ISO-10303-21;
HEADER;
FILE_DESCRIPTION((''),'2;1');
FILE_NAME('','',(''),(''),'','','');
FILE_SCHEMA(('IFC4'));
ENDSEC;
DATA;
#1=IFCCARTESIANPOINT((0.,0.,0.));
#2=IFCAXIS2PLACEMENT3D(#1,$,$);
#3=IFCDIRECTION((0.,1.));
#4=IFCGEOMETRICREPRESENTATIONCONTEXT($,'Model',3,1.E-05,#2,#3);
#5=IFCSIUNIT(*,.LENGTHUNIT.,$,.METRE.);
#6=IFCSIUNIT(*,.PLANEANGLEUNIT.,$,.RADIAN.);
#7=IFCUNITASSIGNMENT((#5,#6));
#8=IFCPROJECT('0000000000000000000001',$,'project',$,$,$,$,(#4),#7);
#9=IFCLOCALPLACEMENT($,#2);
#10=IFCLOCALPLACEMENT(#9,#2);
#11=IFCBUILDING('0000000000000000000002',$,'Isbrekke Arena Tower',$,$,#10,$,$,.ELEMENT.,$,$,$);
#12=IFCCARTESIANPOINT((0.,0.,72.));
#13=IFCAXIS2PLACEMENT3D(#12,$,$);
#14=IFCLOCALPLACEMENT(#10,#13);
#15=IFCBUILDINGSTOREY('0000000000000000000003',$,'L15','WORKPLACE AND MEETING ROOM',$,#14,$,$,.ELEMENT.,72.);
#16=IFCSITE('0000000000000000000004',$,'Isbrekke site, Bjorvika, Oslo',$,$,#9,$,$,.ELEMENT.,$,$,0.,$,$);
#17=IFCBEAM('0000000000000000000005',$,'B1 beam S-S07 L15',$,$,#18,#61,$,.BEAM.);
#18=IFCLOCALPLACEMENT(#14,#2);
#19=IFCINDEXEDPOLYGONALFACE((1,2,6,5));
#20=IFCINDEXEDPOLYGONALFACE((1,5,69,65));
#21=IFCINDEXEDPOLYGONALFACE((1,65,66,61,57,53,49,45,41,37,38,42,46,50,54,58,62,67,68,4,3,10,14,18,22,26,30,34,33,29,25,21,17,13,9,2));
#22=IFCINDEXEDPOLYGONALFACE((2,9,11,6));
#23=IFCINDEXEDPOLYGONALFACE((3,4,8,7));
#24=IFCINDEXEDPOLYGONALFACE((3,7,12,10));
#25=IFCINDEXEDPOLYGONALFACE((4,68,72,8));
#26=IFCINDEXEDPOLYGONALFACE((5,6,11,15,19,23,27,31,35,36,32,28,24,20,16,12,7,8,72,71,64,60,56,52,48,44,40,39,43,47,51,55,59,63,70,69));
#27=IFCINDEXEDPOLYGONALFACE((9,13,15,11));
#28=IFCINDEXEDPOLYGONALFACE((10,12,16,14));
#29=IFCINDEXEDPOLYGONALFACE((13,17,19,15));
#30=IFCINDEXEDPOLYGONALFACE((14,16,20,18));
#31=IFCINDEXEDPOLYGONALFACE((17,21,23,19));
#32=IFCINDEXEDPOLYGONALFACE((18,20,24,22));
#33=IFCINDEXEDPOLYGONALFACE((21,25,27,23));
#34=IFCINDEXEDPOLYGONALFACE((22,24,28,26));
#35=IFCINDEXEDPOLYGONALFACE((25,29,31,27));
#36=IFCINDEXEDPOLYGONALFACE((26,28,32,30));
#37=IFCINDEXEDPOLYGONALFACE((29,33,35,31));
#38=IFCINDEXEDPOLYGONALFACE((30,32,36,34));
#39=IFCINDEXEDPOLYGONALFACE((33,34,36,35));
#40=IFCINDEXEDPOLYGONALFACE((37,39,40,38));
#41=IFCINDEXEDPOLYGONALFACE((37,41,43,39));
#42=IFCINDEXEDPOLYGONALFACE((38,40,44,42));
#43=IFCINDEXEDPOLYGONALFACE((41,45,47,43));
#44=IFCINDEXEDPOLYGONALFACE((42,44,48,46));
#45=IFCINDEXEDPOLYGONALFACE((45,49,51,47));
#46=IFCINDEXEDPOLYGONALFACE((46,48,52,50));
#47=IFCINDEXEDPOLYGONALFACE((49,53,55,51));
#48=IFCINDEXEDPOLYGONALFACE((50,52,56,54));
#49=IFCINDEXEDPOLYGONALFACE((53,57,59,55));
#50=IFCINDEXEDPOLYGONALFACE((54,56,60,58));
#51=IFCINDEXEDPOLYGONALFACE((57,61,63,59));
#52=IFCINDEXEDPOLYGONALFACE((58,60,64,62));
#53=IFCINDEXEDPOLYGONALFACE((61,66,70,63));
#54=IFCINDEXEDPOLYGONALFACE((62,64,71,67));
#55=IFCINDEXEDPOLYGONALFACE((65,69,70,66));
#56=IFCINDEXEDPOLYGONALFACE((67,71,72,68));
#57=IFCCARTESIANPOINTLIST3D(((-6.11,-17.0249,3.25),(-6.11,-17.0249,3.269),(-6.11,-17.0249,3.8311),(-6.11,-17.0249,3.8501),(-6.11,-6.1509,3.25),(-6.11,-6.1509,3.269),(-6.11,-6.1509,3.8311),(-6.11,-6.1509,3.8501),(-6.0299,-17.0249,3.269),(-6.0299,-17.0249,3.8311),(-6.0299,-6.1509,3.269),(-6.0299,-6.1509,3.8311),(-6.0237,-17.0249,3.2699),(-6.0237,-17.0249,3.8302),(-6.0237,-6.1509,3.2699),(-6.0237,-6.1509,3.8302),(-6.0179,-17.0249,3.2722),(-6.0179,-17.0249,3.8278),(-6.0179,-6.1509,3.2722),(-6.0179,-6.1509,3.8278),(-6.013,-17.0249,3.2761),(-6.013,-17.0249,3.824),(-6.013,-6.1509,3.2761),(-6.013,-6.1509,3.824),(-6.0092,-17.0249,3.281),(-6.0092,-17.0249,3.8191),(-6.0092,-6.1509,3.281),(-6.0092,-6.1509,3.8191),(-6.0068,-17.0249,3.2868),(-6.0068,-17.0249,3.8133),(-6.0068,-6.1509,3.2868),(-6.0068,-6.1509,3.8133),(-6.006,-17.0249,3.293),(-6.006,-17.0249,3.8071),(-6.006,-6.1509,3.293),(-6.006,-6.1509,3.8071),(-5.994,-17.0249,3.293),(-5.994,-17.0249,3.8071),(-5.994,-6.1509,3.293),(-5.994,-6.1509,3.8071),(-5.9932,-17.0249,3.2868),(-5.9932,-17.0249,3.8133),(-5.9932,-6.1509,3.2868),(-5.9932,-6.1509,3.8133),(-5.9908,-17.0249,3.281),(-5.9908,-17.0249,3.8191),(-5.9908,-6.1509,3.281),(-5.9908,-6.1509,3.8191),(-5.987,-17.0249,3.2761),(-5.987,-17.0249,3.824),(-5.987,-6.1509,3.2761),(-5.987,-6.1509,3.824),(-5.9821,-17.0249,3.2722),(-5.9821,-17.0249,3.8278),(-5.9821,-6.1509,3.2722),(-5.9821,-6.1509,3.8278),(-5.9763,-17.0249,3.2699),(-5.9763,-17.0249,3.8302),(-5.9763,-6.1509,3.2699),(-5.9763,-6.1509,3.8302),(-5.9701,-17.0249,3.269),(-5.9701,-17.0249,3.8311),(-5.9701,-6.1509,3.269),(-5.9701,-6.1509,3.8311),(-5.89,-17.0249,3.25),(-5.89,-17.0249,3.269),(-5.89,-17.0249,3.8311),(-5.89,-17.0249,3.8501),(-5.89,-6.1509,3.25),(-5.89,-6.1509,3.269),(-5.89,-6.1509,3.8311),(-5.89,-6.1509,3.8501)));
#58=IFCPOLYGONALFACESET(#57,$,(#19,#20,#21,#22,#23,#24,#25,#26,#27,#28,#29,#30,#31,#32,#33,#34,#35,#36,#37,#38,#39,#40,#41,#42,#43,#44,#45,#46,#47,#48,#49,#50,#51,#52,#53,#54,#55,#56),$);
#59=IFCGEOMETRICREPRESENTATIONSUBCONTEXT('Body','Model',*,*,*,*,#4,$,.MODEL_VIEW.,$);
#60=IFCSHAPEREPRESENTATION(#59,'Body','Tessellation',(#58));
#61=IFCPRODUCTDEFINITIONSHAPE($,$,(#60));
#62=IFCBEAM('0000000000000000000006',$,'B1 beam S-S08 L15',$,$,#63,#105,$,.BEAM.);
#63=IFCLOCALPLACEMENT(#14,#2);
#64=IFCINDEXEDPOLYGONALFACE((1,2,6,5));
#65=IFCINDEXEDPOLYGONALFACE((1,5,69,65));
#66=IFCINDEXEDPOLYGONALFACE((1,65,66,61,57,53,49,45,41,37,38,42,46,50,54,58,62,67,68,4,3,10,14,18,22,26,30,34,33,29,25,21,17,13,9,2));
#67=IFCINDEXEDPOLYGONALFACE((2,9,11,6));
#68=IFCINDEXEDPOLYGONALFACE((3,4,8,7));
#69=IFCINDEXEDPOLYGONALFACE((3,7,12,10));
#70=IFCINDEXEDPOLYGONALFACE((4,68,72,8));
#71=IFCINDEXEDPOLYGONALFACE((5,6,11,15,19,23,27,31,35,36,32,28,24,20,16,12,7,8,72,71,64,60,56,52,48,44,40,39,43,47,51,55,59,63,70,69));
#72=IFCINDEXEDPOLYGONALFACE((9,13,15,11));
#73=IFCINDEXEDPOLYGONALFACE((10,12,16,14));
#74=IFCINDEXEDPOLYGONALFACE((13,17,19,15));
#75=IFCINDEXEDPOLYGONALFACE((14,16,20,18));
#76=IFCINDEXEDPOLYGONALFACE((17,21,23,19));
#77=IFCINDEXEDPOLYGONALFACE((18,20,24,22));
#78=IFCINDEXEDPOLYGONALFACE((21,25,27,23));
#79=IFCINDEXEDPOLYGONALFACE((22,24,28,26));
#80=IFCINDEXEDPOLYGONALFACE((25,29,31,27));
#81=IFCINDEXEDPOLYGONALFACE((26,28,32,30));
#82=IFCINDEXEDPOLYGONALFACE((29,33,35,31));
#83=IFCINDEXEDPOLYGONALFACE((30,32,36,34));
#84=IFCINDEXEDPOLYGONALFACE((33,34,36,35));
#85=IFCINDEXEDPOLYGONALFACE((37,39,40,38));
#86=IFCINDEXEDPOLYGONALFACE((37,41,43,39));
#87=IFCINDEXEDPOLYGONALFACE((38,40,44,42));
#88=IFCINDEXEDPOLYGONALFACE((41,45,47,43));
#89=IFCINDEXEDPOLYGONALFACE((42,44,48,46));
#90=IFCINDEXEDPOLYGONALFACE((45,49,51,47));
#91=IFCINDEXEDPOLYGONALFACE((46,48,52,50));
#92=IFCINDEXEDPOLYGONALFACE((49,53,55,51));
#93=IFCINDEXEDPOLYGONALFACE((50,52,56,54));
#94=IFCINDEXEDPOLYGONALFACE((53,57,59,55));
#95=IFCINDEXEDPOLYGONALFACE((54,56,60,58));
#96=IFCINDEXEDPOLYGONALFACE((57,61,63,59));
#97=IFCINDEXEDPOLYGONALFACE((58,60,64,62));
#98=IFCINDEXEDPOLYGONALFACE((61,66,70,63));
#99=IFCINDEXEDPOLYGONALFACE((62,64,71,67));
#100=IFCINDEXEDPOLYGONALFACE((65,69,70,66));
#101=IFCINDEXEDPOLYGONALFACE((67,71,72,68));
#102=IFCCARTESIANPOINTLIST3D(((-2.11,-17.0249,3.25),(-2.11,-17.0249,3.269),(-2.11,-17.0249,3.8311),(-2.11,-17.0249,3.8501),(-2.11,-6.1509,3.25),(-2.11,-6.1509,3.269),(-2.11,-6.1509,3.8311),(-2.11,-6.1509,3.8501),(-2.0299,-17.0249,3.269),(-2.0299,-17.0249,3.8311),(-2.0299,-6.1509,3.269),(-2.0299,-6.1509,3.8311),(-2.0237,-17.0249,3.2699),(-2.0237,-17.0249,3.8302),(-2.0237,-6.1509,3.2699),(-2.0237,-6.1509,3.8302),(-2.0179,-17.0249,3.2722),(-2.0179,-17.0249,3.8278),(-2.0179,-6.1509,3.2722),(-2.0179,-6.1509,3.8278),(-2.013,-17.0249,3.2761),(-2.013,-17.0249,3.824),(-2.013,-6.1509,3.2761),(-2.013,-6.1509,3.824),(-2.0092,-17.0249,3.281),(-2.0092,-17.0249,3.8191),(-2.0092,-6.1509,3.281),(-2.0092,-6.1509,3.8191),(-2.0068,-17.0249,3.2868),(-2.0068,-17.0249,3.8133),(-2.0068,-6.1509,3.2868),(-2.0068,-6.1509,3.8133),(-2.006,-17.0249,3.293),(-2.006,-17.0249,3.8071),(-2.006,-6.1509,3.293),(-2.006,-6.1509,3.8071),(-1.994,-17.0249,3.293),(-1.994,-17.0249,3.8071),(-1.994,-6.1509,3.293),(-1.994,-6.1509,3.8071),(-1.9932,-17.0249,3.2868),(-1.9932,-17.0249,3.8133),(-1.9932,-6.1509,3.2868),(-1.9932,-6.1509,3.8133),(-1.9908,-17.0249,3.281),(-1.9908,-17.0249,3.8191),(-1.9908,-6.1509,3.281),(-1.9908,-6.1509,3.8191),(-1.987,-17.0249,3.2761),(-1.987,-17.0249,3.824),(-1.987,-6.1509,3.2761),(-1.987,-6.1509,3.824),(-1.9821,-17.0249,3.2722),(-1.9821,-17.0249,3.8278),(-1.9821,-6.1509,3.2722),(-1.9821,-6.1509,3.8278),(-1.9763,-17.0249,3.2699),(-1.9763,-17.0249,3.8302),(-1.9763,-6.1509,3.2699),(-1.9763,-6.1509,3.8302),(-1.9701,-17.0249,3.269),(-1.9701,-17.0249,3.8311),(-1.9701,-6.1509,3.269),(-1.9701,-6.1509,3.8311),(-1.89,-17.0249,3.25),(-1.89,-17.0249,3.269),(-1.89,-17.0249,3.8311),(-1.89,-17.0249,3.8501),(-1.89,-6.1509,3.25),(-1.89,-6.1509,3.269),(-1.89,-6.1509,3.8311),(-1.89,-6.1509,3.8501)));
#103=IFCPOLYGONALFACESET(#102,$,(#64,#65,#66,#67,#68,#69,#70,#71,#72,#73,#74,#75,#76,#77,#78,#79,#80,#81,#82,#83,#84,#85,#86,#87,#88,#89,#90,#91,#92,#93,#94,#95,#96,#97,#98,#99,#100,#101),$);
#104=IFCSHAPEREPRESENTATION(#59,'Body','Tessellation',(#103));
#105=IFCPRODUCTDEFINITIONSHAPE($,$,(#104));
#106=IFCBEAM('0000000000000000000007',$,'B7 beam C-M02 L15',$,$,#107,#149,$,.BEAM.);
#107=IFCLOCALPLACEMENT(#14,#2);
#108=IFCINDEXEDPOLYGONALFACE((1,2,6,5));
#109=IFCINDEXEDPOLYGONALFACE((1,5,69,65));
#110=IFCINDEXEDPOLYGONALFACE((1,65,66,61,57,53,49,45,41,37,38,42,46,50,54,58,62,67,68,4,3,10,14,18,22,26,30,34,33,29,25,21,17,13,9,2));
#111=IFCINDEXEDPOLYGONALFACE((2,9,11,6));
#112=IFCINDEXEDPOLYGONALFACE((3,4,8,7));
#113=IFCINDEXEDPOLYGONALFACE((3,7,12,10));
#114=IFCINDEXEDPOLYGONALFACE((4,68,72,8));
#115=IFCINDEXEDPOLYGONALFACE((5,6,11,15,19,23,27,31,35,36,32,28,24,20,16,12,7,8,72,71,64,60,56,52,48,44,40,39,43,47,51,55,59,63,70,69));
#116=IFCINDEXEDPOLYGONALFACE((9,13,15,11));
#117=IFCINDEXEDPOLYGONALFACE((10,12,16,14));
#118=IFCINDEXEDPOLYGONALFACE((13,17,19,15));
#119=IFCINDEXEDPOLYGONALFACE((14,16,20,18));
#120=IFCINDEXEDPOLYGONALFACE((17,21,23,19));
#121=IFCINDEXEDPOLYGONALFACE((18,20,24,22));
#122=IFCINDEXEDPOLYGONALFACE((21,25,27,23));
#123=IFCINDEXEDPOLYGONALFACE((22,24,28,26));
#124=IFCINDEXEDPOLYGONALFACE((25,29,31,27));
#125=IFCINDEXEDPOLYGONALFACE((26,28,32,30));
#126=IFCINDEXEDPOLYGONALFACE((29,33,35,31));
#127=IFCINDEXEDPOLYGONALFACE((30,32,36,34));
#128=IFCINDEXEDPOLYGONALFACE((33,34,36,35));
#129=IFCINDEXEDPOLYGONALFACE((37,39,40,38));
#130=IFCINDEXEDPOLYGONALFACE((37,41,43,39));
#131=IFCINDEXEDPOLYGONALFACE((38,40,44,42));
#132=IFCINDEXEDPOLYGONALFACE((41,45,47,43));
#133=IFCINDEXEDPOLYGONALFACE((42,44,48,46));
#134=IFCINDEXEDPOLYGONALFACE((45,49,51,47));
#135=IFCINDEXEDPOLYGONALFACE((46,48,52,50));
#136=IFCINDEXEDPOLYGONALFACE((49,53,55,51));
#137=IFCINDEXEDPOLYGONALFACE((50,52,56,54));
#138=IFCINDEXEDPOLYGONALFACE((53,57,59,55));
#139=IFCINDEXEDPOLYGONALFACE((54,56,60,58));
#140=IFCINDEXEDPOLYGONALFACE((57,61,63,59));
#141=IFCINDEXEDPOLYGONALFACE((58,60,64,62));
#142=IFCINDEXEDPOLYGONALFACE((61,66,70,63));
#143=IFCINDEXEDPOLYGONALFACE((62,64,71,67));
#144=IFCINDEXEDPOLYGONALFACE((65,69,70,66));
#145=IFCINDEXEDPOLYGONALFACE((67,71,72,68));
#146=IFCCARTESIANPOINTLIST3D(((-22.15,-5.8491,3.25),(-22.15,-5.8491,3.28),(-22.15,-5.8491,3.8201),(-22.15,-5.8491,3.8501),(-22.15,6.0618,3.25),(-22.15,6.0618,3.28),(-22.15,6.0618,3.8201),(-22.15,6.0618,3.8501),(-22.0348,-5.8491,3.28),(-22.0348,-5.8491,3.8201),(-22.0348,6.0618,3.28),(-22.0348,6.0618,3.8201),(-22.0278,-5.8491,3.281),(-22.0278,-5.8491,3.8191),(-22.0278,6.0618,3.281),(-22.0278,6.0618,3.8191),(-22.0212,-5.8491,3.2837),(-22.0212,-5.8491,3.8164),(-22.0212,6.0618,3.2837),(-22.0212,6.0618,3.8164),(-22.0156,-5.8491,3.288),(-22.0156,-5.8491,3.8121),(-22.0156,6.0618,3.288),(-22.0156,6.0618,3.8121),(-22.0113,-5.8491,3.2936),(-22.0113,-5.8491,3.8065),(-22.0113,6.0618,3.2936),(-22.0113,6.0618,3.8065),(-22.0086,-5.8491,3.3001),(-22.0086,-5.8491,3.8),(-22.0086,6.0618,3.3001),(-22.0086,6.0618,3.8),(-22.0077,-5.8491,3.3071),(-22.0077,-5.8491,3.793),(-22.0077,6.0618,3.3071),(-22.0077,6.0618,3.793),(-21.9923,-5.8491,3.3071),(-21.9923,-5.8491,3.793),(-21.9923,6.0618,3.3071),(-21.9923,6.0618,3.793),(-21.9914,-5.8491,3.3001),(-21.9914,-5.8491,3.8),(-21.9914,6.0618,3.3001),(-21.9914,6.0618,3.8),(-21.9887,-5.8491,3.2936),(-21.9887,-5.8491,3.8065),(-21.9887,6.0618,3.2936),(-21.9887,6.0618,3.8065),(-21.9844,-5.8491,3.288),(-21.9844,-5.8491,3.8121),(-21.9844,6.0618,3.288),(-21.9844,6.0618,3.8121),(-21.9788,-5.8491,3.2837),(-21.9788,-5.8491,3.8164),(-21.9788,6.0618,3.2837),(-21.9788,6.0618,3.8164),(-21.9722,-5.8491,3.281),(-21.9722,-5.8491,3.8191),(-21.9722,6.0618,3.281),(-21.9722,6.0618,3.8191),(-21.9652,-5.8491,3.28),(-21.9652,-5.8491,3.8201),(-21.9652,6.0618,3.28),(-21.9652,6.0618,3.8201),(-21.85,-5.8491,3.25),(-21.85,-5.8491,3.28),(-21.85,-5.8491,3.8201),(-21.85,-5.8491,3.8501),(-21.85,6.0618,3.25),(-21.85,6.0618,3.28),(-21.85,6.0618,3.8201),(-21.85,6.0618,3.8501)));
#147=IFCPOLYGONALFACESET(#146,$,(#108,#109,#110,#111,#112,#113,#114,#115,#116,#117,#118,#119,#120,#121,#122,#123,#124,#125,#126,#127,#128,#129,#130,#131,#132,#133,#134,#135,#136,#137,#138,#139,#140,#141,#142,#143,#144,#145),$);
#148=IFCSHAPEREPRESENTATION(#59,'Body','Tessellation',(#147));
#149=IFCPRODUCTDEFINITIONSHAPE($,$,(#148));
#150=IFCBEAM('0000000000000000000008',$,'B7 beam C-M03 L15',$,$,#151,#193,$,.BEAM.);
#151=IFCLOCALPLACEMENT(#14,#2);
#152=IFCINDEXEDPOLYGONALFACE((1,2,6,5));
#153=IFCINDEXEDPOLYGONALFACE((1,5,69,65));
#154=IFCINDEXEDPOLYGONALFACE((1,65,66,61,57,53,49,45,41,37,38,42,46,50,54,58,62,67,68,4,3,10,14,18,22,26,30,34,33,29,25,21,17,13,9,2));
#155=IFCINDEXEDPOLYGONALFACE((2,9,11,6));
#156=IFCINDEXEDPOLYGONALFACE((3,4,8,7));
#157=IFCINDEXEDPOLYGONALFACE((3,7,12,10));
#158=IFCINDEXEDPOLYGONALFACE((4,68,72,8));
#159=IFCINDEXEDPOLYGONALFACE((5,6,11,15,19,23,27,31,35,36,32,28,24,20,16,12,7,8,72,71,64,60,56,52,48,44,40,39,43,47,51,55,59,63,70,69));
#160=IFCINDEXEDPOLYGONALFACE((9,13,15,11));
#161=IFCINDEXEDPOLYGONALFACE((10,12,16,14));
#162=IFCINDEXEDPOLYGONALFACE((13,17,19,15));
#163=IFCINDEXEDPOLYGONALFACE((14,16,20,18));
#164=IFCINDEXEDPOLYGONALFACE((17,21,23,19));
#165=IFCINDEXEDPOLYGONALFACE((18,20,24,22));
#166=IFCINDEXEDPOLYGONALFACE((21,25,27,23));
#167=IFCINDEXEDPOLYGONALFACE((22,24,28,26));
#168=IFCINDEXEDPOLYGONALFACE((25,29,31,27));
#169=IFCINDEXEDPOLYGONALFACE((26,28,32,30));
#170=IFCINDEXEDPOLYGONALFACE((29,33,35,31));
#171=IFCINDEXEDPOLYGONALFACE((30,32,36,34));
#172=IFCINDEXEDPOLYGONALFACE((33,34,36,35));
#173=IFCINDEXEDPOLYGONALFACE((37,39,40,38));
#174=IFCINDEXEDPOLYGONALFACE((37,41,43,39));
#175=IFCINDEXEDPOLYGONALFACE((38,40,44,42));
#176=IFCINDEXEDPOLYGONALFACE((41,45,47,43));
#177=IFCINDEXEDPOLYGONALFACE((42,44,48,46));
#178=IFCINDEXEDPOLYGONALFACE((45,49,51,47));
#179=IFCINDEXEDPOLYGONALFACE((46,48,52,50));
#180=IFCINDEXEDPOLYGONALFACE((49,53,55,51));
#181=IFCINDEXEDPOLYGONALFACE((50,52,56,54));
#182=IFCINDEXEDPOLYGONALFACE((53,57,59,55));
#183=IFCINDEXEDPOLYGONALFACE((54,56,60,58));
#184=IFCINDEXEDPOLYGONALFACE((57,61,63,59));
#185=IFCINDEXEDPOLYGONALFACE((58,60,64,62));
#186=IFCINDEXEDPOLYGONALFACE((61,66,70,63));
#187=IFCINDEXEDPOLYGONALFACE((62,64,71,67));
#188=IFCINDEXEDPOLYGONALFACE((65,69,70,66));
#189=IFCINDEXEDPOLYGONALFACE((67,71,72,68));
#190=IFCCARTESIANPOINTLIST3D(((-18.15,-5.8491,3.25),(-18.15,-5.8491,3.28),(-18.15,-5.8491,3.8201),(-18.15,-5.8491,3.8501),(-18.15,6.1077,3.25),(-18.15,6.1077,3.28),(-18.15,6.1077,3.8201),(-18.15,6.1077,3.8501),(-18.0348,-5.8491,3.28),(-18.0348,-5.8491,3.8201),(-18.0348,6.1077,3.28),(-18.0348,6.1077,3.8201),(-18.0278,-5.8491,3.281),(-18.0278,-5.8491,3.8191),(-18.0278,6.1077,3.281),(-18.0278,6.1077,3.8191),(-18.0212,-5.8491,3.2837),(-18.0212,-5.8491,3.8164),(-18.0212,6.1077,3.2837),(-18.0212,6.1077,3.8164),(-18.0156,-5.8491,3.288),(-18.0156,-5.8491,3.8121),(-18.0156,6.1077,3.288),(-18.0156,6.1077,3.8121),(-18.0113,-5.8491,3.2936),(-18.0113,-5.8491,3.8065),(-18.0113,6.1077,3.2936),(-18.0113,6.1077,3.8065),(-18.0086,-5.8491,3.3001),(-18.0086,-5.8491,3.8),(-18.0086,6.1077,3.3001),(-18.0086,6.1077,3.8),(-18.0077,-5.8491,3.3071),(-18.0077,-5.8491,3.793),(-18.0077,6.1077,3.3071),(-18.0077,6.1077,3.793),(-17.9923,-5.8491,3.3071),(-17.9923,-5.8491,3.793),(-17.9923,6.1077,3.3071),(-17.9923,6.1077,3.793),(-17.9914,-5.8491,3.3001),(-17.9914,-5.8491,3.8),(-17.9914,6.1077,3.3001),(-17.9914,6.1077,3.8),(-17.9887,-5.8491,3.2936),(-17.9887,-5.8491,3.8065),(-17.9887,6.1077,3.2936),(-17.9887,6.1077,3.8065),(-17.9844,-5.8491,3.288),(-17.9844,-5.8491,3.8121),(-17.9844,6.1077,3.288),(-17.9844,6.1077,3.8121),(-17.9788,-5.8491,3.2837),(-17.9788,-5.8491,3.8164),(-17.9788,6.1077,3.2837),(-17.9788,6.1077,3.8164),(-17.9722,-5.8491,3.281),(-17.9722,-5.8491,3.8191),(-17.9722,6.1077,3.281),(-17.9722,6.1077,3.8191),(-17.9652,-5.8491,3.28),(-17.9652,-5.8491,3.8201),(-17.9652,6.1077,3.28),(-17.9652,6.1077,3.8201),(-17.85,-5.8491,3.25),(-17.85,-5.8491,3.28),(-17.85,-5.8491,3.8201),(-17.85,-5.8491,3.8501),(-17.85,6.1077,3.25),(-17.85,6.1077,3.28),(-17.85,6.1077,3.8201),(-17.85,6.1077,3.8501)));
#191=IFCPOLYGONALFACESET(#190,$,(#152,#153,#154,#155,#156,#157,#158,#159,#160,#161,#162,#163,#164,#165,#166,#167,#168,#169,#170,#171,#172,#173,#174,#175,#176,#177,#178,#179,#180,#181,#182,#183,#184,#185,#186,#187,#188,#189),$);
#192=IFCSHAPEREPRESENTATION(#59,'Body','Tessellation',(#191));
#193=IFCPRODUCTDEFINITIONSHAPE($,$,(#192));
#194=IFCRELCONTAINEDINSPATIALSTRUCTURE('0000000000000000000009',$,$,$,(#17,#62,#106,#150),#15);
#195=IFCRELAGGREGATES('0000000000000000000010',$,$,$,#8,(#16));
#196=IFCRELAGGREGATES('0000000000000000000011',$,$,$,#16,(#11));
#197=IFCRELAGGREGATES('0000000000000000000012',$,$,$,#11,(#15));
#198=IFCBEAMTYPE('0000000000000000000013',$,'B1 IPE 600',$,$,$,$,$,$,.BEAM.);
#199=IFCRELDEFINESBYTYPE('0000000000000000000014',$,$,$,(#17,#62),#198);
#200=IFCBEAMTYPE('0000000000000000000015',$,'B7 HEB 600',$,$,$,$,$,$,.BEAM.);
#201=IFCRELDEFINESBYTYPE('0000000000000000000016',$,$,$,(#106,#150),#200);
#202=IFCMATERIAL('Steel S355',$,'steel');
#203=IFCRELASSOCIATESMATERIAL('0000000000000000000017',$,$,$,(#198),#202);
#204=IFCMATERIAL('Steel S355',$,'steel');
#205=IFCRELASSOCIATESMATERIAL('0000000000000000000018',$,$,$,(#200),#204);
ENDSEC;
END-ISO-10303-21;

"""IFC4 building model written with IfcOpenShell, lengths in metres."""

from ifc_helpers import new_model, si_unit, direction, frame, origin, origin_2d, place, context, subcontext, project, spatial, i_section, extrude, material, material_profile, profile_set, type_object, element, save


model = new_model("IFC4")

# Units and contexts
model_context = context("Model", 3, precision=1e-05, world=origin(), true_north=direction((0.0, 1.0)))
body_context = subcontext(model_context, "Body", "Model", "MODEL_VIEW")
ifc_project = project(units=[si_unit("LENGTHUNIT", "METRE"), si_unit("PLANEANGLEUNIT", "RADIAN")], contexts=[model_context])

# Site, building, storey
site_placement = place(None, origin())
site = spatial("IfcSite", under=ifc_project, at=site_placement, Name="Isbrekke site, Bjorvika, Oslo", CompositionType="ELEMENT", RefElevation=0.0)
building_placement = place(site_placement, origin())
building = spatial("IfcBuilding", under=site, at=building_placement, Name="Isbrekke Arena Tower", CompositionType="ELEMENT")
storey_placement = place(building_placement, frame((0.0, 0.0, 72.0)))
storey = spatial("IfcBuildingStorey", under=building, at=storey_placement, Name="L15", Description="WORKPLACE AND MEETING ROOM", CompositionType="ELEMENT", Elevation=72.0)

# Beams
ifc_material_1 = material(Name="Steel S355", Category="steel")
ifc_material_profile_1 = material_profile(ifc_material_1, i_section(OverallWidth=0.22, OverallDepth=0.6001, WebThickness=0.012, FlangeThickness=0.019, FilletRadius=0.0239, at=origin_2d()), Name="IPE 600")
ifc_profile_set_1 = profile_set([ifc_material_profile_1], Name="Steel S355")
beam_type_1 = type_object("IfcBeamType", Name="B1 IPE 600", PredefinedType="BEAM", material=ifc_profile_set_1)
for number, where, z_axis, x_axis, name in (
    (1, (-6.0, -17.0249, 3.55), (0.0, 1.0, 0.0), (-1.0, 0.0, 0.0), "B1 beam S-S07 L15"),
    (2, (-2.0, -17.0249, 3.55), (0.0, 1.0, 0.0), (-1.0, 0.0, 0.0), "B1 beam S-S08 L15"),
):
    element("IfcBeam", number, at=place(storey_placement, frame(where, z_axis=z_axis, x_axis=x_axis)), inside=storey, type_object=beam_type_1, Name=name, PredefinedType="BEAM", context=body_context, shape_type="SweptSolid", body=[
        extrude(i_section(OverallWidth=0.22, OverallDepth=0.6001, WebThickness=0.012, FlangeThickness=0.019, FilletRadius=0.0239, at=origin_2d()), origin(), (0.0, 0.0, 1.0), 10.874),
    ])
ifc_material_2 = material(Name="Steel S355", Category="steel")
ifc_material_profile_2 = material_profile(ifc_material_2, i_section(OverallWidth=0.3, OverallDepth=0.6001, WebThickness=0.0154, FlangeThickness=0.03, FilletRadius=0.0271, at=origin_2d()), Name="HEB 600")
ifc_profile_set_2 = profile_set([ifc_material_profile_2], Name="Steel S355")
beam_type_2 = type_object("IfcBeamType", Name="B7 HEB 600", PredefinedType="BEAM", material=ifc_profile_set_2)
beam_1_placement = place(storey_placement, frame((-22.0, -5.8491, 3.55), z_axis=(0.0, 1.0, 0.0), x_axis=(-1.0, 0.0, 0.0)))
element("IfcBeam", 3, at=beam_1_placement, inside=storey, type_object=beam_type_2, Name="B7 beam C-M02 L15", PredefinedType="BEAM", context=body_context, shape_type="SweptSolid", body=[
    extrude(i_section(OverallWidth=0.3, OverallDepth=0.6001, WebThickness=0.0154, FlangeThickness=0.03, FilletRadius=0.0271, at=origin_2d()), origin(), (0.0, 0.0, 1.0), 11.9109),
])
beam_2_placement = place(storey_placement, frame((-18.0, -5.8491, 3.55), z_axis=(0.0, 1.0, 0.0), x_axis=(-1.0, 0.0, 0.0)))
element("IfcBeam", 4, at=beam_2_placement, inside=storey, type_object=beam_type_2, Name="B7 beam C-M03 L15", PredefinedType="BEAM", context=body_context, shape_type="SweptSolid", body=[
    extrude(i_section(OverallWidth=0.3, OverallDepth=0.6001, WebThickness=0.0154, FlangeThickness=0.03, FilletRadius=0.0271, at=origin_2d()), origin(), (0.0, 0.0, 1.0), 11.9568),
])

save(model, "model.ifc")
